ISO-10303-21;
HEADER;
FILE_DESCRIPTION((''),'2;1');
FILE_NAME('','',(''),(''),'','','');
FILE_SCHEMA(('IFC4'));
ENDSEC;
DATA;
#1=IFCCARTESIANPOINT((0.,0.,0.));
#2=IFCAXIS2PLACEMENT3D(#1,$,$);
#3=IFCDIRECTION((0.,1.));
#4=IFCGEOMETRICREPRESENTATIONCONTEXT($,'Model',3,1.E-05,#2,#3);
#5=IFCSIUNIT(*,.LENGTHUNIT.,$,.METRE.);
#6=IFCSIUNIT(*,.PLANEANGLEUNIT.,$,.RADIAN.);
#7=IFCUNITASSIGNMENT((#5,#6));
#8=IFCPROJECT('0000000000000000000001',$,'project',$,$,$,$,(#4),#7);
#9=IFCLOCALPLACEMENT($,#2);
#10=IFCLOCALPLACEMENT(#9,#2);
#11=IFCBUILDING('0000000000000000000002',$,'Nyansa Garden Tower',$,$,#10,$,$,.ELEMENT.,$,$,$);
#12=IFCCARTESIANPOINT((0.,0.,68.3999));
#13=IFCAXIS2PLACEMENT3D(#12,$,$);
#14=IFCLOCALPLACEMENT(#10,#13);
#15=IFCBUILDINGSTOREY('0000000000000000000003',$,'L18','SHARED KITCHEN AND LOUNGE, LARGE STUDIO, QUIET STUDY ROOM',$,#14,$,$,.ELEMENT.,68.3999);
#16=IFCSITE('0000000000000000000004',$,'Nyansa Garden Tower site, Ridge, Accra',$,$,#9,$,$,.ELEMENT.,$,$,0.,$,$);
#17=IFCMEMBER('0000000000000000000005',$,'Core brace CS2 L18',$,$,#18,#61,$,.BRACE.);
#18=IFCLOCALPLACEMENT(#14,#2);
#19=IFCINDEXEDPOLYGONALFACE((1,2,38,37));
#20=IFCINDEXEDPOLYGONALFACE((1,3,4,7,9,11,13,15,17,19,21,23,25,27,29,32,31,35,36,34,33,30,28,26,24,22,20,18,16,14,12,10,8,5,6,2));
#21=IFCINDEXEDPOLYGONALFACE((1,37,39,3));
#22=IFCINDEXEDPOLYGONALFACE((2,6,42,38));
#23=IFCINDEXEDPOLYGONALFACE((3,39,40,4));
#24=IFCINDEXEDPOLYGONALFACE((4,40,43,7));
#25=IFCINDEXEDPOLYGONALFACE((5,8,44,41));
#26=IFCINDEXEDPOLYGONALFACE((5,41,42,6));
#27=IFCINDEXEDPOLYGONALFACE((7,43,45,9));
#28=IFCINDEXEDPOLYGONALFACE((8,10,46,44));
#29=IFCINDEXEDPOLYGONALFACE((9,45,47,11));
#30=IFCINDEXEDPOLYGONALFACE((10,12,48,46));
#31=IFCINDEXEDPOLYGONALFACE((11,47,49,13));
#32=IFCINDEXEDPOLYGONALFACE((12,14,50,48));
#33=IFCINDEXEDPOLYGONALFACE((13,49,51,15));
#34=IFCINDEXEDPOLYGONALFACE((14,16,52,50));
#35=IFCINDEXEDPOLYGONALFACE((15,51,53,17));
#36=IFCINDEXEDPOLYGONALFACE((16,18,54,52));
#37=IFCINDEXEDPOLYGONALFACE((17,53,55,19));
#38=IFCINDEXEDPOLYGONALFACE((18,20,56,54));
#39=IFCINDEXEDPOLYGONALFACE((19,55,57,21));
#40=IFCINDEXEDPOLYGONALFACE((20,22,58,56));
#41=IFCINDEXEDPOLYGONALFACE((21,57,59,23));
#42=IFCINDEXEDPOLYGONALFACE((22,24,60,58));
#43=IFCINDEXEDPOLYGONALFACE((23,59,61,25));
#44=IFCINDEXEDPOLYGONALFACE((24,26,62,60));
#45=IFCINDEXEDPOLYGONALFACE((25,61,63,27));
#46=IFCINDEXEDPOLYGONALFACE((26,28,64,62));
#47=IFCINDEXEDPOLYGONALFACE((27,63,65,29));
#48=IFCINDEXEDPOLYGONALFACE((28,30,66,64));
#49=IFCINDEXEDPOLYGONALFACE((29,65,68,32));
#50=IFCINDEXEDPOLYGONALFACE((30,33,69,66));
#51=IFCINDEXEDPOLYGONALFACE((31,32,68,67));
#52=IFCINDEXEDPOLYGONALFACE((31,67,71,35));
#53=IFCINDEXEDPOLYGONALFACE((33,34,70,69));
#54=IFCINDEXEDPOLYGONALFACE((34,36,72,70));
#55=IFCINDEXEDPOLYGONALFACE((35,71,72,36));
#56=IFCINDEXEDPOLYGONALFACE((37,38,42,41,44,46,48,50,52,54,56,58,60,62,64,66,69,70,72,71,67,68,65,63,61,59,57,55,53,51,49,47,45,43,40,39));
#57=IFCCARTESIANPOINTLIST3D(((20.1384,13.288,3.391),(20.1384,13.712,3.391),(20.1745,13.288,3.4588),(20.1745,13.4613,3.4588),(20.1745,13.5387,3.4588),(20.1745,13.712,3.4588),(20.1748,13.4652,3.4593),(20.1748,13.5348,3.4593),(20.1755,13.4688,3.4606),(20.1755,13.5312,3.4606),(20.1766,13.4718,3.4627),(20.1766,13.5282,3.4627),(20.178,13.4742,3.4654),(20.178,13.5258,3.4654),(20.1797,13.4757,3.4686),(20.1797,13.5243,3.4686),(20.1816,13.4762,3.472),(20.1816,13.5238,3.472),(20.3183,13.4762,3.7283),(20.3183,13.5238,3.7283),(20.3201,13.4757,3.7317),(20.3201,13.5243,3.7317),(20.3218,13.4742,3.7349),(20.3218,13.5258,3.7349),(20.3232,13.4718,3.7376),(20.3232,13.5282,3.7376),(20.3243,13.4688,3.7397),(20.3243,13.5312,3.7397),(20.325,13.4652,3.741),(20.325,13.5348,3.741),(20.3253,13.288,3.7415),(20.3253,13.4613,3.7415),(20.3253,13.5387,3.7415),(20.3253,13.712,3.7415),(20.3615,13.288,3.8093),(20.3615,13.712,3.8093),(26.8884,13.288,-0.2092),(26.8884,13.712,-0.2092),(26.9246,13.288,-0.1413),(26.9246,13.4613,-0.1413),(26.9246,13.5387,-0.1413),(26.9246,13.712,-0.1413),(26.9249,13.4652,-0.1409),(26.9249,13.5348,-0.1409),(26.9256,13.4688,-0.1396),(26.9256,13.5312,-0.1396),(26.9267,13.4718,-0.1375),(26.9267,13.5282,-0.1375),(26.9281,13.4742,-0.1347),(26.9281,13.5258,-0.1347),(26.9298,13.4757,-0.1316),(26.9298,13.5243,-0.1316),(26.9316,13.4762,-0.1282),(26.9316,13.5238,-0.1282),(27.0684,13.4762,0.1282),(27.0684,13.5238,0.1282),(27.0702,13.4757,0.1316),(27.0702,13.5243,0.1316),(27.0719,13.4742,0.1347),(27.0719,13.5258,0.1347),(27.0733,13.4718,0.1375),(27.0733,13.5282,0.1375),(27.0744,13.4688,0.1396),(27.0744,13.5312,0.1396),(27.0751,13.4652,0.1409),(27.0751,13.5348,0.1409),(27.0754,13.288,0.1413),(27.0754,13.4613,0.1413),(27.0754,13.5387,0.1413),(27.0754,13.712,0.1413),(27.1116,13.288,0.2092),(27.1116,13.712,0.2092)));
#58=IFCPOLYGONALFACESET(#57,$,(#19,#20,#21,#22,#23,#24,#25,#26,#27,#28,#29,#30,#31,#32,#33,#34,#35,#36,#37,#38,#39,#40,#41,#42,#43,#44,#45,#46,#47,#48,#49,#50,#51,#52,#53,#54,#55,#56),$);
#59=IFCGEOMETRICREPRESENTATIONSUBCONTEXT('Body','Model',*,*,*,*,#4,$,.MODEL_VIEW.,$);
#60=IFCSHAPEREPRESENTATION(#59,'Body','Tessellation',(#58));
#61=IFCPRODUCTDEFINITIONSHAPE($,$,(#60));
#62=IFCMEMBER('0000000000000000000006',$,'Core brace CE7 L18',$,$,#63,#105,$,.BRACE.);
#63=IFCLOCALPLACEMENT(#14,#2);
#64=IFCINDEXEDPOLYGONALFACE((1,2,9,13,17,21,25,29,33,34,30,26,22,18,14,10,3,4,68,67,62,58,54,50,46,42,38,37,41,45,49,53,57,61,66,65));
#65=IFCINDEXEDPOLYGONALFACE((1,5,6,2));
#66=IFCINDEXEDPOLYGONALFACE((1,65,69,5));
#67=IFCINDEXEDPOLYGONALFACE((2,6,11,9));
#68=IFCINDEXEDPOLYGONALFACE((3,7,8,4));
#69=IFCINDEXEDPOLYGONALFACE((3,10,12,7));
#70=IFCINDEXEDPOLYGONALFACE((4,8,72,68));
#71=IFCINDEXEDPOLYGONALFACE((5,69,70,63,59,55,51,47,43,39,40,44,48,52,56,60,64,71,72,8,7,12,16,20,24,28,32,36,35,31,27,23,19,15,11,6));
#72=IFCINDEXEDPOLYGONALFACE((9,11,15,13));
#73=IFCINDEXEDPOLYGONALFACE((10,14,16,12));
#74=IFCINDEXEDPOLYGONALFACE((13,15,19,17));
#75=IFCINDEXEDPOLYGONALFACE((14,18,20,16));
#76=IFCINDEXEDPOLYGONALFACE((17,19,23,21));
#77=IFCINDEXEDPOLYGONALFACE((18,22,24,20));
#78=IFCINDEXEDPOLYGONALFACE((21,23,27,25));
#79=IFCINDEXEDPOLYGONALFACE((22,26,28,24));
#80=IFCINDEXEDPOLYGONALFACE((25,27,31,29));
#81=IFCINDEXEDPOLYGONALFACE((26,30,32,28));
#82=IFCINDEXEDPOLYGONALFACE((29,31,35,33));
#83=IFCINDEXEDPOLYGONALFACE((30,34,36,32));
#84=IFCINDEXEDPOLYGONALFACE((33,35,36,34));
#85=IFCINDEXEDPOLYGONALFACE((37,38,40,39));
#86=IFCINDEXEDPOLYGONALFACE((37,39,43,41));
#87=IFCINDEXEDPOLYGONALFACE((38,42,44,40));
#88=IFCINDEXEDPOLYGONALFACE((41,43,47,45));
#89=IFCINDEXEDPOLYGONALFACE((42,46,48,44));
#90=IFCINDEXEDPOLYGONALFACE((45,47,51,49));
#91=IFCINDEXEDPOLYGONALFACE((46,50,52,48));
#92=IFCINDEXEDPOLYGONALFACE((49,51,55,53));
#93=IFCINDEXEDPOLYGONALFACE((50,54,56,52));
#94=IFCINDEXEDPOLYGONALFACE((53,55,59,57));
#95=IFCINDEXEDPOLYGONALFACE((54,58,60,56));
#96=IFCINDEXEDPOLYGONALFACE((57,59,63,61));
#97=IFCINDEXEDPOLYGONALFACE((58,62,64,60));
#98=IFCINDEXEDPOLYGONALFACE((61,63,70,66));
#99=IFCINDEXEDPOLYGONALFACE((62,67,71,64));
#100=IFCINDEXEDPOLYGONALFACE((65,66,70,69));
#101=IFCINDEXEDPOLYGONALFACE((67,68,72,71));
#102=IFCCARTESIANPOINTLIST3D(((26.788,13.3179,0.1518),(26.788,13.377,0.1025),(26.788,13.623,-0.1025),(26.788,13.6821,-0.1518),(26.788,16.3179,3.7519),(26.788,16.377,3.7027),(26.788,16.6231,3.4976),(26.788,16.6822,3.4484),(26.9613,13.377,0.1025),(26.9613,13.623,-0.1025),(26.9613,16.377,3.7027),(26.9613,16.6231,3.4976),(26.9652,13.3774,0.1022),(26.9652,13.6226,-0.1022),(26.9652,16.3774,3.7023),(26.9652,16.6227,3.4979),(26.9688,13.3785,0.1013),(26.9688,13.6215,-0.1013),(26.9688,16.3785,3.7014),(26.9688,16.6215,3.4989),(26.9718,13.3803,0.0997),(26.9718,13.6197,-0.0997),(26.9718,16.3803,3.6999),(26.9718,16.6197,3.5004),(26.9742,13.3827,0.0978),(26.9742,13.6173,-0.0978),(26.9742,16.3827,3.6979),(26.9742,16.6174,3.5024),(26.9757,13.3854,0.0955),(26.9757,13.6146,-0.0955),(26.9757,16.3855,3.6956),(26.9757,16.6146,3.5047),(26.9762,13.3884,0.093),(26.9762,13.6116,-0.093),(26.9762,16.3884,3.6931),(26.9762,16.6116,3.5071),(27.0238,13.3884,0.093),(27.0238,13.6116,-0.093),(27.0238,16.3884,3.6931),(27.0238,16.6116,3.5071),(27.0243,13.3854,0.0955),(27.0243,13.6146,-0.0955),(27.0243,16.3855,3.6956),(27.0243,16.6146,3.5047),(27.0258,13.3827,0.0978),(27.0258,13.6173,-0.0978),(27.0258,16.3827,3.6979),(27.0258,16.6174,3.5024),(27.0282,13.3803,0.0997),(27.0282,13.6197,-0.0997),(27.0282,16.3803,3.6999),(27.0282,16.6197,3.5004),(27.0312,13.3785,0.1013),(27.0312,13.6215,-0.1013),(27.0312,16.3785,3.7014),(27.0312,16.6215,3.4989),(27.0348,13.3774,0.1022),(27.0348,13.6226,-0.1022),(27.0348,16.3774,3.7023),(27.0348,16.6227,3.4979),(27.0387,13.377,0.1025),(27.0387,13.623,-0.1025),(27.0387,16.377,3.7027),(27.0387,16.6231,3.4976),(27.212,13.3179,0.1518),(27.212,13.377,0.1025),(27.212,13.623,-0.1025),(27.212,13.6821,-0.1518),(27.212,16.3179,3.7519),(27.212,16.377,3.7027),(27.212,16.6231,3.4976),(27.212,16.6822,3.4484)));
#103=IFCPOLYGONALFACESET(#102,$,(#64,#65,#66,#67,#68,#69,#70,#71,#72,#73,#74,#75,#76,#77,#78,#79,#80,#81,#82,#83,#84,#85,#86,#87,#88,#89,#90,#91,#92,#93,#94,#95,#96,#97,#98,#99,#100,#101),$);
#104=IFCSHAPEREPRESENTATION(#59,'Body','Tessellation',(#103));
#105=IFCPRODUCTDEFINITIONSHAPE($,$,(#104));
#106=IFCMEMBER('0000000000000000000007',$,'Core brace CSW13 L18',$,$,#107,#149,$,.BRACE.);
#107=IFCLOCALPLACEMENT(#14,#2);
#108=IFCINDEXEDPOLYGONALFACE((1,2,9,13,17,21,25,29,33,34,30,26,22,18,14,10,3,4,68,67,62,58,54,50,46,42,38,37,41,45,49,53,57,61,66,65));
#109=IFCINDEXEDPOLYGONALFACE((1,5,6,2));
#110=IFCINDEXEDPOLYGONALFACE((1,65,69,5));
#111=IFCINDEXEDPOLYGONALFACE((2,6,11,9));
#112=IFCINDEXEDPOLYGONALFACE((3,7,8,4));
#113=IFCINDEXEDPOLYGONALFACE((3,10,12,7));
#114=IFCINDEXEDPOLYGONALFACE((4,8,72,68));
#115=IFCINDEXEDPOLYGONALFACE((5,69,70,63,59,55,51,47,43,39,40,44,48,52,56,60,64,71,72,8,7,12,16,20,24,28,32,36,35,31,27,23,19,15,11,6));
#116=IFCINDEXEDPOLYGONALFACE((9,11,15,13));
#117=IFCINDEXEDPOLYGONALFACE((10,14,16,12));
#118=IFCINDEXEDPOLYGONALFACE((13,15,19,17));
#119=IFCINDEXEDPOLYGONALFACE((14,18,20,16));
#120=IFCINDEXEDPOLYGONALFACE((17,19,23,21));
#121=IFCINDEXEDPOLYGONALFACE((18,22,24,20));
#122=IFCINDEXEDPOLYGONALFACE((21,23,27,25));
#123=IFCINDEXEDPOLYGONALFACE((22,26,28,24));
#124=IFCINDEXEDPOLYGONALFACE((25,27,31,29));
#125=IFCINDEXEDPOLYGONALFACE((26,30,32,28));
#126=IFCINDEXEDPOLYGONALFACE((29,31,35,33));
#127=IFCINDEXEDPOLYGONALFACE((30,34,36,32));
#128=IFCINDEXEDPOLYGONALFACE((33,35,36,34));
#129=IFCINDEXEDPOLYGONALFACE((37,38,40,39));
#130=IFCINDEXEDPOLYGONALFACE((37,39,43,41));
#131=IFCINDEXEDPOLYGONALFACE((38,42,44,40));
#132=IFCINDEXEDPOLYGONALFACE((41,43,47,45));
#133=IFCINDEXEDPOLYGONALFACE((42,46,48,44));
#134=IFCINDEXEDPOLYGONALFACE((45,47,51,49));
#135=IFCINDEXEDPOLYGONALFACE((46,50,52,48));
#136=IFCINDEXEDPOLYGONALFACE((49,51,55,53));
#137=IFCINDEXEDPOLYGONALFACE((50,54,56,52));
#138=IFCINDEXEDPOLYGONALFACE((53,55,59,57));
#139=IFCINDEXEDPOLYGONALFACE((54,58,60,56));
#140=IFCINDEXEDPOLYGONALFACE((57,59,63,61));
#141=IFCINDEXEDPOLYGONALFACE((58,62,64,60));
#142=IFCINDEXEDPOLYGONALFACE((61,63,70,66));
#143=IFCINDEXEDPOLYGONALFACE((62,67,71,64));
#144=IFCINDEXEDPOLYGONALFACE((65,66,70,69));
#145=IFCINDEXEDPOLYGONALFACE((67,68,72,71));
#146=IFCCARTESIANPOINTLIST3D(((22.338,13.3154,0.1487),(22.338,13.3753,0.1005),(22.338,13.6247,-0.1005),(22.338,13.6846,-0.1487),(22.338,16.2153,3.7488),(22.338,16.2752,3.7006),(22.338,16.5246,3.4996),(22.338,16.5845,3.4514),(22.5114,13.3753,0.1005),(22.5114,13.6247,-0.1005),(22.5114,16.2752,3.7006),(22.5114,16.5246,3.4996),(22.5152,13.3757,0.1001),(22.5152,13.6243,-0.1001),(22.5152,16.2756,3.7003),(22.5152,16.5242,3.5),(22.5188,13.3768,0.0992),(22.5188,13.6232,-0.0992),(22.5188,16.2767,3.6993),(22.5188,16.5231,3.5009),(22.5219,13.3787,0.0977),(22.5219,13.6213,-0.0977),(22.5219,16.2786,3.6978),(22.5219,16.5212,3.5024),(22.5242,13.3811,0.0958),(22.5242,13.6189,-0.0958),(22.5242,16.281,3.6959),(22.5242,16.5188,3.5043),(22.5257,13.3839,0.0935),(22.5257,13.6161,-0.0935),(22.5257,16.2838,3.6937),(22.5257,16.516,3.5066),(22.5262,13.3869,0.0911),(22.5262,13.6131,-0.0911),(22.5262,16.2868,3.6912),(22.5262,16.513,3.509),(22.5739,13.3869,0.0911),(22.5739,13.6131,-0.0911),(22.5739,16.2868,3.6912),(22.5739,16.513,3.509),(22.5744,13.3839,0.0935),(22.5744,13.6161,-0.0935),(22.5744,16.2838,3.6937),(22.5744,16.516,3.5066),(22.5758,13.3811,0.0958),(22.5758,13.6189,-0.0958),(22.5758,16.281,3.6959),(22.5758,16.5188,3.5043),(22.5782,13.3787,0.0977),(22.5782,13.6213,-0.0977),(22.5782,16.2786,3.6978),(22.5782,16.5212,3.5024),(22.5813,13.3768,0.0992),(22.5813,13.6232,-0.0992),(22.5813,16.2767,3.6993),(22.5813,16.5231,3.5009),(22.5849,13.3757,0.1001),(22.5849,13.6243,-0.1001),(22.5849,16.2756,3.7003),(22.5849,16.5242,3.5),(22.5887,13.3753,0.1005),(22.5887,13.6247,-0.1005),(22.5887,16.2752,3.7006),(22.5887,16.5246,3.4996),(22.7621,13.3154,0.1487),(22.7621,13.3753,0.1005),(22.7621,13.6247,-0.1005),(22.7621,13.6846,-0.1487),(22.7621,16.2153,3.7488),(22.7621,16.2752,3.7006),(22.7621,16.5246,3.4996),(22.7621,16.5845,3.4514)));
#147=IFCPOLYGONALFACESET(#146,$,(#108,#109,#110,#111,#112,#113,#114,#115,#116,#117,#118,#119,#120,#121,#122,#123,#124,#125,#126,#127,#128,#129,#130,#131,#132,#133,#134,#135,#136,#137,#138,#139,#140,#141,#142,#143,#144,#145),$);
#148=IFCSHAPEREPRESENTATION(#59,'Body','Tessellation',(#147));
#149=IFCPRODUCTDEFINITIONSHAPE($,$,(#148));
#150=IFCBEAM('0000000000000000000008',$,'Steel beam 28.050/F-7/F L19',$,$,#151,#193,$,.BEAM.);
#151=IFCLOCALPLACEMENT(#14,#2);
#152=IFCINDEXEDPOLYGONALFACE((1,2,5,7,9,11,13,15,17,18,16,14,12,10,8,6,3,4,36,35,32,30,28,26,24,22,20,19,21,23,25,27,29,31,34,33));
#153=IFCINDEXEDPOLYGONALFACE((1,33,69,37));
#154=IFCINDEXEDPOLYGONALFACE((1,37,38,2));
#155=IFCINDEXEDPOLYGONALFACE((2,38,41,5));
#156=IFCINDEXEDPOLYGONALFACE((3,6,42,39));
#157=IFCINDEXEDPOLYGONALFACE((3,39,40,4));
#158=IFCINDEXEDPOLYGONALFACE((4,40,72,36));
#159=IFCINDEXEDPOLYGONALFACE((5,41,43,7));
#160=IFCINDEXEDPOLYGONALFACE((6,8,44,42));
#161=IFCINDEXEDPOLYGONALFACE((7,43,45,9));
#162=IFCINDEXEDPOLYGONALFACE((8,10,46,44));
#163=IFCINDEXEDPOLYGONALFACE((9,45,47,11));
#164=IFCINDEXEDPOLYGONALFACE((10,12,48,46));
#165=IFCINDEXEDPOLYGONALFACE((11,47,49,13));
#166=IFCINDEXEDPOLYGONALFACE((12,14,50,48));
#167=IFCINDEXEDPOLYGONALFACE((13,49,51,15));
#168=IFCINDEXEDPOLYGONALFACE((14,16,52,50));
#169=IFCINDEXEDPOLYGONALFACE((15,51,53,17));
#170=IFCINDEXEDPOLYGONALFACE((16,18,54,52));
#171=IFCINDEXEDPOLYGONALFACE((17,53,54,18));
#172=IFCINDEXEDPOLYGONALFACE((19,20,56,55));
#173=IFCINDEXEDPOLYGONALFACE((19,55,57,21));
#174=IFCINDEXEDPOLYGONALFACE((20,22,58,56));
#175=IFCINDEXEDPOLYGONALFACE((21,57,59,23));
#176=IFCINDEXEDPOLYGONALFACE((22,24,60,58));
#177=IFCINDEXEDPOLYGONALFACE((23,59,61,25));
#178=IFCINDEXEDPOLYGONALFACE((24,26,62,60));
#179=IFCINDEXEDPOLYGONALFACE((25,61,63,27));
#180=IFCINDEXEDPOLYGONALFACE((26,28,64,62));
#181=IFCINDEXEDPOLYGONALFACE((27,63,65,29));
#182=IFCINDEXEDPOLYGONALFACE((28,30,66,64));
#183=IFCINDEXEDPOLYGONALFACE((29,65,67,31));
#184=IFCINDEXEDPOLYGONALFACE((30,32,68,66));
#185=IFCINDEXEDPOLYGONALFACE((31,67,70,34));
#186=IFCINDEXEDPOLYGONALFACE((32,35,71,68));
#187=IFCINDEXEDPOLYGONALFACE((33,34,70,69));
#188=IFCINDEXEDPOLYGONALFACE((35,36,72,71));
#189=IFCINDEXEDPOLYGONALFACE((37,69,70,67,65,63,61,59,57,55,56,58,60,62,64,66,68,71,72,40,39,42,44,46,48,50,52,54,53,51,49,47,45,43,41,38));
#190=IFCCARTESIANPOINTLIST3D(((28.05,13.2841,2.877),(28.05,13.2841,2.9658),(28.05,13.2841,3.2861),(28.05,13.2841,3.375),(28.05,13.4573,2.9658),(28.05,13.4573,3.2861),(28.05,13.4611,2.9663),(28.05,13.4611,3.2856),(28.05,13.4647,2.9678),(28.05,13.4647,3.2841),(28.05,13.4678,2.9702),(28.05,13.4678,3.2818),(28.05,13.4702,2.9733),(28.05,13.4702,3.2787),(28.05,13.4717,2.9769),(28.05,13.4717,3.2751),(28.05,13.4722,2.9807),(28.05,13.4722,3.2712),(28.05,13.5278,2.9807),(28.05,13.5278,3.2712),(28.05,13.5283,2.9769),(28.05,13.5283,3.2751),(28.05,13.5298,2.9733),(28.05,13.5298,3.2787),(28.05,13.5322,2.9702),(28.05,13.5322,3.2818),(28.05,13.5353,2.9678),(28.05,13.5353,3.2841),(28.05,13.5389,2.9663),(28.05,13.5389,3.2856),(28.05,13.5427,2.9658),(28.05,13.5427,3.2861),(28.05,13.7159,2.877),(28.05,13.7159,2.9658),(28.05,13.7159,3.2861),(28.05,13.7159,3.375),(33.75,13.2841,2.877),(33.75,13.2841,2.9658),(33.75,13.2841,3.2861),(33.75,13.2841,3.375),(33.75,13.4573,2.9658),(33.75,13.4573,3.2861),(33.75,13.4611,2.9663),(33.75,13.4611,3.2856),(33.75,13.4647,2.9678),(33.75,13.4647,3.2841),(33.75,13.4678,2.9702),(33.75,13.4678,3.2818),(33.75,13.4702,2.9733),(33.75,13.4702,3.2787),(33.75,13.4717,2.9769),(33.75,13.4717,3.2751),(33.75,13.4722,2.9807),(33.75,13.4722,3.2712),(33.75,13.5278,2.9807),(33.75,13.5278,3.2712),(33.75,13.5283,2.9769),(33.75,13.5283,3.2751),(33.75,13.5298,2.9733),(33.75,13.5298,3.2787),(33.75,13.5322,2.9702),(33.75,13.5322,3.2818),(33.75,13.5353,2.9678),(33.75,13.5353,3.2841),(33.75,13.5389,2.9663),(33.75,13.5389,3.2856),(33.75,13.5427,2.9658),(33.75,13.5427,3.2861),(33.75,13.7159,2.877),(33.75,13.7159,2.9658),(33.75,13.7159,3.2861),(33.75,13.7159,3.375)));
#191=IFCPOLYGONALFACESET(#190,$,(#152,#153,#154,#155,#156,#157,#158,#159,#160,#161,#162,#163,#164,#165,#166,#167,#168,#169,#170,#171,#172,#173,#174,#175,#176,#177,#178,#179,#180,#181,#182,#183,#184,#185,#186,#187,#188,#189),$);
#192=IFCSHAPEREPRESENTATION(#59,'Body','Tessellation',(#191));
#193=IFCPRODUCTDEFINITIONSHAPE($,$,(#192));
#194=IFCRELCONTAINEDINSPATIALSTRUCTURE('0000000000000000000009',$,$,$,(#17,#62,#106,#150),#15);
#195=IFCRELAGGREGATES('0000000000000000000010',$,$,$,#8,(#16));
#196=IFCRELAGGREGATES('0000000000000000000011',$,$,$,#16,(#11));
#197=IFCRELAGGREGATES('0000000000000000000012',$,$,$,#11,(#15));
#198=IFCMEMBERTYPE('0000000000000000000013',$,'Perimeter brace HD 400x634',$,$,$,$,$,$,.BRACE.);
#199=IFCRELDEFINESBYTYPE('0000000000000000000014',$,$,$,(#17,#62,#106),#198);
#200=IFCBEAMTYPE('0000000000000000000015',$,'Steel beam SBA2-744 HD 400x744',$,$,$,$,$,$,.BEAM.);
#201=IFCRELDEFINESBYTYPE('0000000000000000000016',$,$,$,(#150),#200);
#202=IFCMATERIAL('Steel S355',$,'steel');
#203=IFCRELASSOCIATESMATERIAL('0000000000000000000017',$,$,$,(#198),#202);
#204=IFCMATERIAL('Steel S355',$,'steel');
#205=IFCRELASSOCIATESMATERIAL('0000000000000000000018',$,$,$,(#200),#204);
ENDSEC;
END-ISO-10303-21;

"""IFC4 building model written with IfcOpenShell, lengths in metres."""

from ifc_helpers import new_model, si_unit, direction, frame, origin, origin_2d, place, context, subcontext, project, spatial, i_section, extrude, material, material_profile, profile_set, type_object, element, save


model = new_model("IFC4")

# Units and contexts
model_context = context("Model", 3, precision=1e-05, world=origin(), true_north=direction((0.0, 1.0)))
body_context = subcontext(model_context, "Body", "Model", "MODEL_VIEW")
ifc_project = project(units=[si_unit("LENGTHUNIT", "METRE"), si_unit("PLANEANGLEUNIT", "RADIAN")], contexts=[model_context])

# Site, building, storey
site_placement = place(None, origin())
site = spatial("IfcSite", under=ifc_project, at=site_placement, Name="Nyansa Garden Tower site, Ridge, Accra", CompositionType="ELEMENT", RefElevation=0.0)
building_placement = place(site_placement, origin())
building = spatial("IfcBuilding", under=site, at=building_placement, Name="Nyansa Garden Tower", CompositionType="ELEMENT")
storey_placement = place(building_placement, frame((0.0, 0.0, 68.3999)))
storey = spatial("IfcBuildingStorey", under=building, at=storey_placement, Name="L18", Description="SHARED KITCHEN AND LOUNGE, LARGE STUDIO, QUIET STUDY ROOM", CompositionType="ELEMENT", Elevation=68.3999)

# Members
ifc_material_1 = material(Name="Steel S355", Category="steel")
ifc_material_profile_1 = material_profile(ifc_material_1, i_section(OverallWidth=0.4241, OverallDepth=0.4741, WebThickness=0.0476, FlangeThickness=0.0769, FilletRadius=0.0149, at=origin_2d()), Name="HD 400x634")
ifc_profile_set_1 = profile_set([ifc_material_profile_1], Name="Steel S355")
member_type = type_object("IfcMemberType", Name="Perimeter brace HD 400x634", PredefinedType="BRACE", material=ifc_profile_set_1)
member_1_placement = place(storey_placement, frame((27.0, 13.5, 0.0), z_axis=(-0.882348, 0.0, 0.470598), x_axis=(0.0, -1.0, 0.0)))
element("IfcMember", 1, at=member_1_placement, inside=storey, type_object=member_type, Name="Core brace CS2 L18", PredefinedType="BRACE", context=body_context, shape_type="SweptSolid", body=[
    extrude(i_section(OverallWidth=0.4241, OverallDepth=0.4741, WebThickness=0.0476, FlangeThickness=0.0769, FilletRadius=0.0149, at=origin_2d()), origin(), (0.0, 0.0, 1.0), 7.6501),
])
member_2_placement = place(storey_placement, frame((27.0, 13.5, 0.0), z_axis=(0.0, 0.640174, 0.76823), x_axis=(-1.0, 0.0, 0.0)))
element("IfcMember", 2, at=member_2_placement, inside=storey, type_object=member_type, Name="Core brace CE7 L18", PredefinedType="BRACE", context=body_context, shape_type="SweptSolid", body=[
    extrude(i_section(OverallWidth=0.4241, OverallDepth=0.4741, WebThickness=0.0476, FlangeThickness=0.0769, FilletRadius=0.0149, at=origin_2d()), origin(), (0.0, 0.0, 1.0), 4.6863),
])
member_3_placement = place(storey_placement, frame((22.55, 13.5, 0.0), z_axis=(0.0, 0.627306, 0.778773), x_axis=(-1.0, 0.0, 0.0)))
element("IfcMember", 3, at=member_3_placement, inside=storey, type_object=member_type, Name="Core brace CSW13 L18", PredefinedType="BRACE", context=body_context, shape_type="SweptSolid", body=[
    extrude(i_section(OverallWidth=0.4241, OverallDepth=0.4741, WebThickness=0.0476, FlangeThickness=0.0769, FilletRadius=0.0149, at=origin_2d()), origin(), (0.0, 0.0, 1.0), 4.6228),
])

# Beam
ifc_material_2 = material(Name="Steel S355", Category="steel")
ifc_material_profile_2 = material_profile(ifc_material_2, i_section(OverallWidth=0.4319, OverallDepth=0.498, WebThickness=0.0557, FlangeThickness=0.0889, FilletRadius=0.0149, at=origin_2d()), Name="HD 400x744")
ifc_profile_set_2 = profile_set([ifc_material_profile_2], Name="Steel S355")
beam_type_1 = type_object("IfcBeamType", Name="Steel beam SBA2-744 HD 400x744", PredefinedType="BEAM", material=ifc_profile_set_2)
for number, where, z_axis, x_axis, name in (
    (4, (28.05, 13.5, 3.126), (1.0, 0.0, 0.0), (0.0, 1.0, 0.0), "Steel beam 28.050/F-7/F L19"),
):
    element("IfcBeam", number, at=place(storey_placement, frame(where, z_axis=z_axis, x_axis=x_axis)), inside=storey, type_object=beam_type_1, Name=name, PredefinedType="BEAM", context=body_context, shape_type="SweptSolid", body=[
        extrude(i_section(OverallWidth=0.4319, OverallDepth=0.498, WebThickness=0.0557, FlangeThickness=0.0889, FilletRadius=0.0149, at=origin_2d()), origin(), (0.0, 0.0, 1.0), 5.7),
    ])

save(model, "model.ifc")
